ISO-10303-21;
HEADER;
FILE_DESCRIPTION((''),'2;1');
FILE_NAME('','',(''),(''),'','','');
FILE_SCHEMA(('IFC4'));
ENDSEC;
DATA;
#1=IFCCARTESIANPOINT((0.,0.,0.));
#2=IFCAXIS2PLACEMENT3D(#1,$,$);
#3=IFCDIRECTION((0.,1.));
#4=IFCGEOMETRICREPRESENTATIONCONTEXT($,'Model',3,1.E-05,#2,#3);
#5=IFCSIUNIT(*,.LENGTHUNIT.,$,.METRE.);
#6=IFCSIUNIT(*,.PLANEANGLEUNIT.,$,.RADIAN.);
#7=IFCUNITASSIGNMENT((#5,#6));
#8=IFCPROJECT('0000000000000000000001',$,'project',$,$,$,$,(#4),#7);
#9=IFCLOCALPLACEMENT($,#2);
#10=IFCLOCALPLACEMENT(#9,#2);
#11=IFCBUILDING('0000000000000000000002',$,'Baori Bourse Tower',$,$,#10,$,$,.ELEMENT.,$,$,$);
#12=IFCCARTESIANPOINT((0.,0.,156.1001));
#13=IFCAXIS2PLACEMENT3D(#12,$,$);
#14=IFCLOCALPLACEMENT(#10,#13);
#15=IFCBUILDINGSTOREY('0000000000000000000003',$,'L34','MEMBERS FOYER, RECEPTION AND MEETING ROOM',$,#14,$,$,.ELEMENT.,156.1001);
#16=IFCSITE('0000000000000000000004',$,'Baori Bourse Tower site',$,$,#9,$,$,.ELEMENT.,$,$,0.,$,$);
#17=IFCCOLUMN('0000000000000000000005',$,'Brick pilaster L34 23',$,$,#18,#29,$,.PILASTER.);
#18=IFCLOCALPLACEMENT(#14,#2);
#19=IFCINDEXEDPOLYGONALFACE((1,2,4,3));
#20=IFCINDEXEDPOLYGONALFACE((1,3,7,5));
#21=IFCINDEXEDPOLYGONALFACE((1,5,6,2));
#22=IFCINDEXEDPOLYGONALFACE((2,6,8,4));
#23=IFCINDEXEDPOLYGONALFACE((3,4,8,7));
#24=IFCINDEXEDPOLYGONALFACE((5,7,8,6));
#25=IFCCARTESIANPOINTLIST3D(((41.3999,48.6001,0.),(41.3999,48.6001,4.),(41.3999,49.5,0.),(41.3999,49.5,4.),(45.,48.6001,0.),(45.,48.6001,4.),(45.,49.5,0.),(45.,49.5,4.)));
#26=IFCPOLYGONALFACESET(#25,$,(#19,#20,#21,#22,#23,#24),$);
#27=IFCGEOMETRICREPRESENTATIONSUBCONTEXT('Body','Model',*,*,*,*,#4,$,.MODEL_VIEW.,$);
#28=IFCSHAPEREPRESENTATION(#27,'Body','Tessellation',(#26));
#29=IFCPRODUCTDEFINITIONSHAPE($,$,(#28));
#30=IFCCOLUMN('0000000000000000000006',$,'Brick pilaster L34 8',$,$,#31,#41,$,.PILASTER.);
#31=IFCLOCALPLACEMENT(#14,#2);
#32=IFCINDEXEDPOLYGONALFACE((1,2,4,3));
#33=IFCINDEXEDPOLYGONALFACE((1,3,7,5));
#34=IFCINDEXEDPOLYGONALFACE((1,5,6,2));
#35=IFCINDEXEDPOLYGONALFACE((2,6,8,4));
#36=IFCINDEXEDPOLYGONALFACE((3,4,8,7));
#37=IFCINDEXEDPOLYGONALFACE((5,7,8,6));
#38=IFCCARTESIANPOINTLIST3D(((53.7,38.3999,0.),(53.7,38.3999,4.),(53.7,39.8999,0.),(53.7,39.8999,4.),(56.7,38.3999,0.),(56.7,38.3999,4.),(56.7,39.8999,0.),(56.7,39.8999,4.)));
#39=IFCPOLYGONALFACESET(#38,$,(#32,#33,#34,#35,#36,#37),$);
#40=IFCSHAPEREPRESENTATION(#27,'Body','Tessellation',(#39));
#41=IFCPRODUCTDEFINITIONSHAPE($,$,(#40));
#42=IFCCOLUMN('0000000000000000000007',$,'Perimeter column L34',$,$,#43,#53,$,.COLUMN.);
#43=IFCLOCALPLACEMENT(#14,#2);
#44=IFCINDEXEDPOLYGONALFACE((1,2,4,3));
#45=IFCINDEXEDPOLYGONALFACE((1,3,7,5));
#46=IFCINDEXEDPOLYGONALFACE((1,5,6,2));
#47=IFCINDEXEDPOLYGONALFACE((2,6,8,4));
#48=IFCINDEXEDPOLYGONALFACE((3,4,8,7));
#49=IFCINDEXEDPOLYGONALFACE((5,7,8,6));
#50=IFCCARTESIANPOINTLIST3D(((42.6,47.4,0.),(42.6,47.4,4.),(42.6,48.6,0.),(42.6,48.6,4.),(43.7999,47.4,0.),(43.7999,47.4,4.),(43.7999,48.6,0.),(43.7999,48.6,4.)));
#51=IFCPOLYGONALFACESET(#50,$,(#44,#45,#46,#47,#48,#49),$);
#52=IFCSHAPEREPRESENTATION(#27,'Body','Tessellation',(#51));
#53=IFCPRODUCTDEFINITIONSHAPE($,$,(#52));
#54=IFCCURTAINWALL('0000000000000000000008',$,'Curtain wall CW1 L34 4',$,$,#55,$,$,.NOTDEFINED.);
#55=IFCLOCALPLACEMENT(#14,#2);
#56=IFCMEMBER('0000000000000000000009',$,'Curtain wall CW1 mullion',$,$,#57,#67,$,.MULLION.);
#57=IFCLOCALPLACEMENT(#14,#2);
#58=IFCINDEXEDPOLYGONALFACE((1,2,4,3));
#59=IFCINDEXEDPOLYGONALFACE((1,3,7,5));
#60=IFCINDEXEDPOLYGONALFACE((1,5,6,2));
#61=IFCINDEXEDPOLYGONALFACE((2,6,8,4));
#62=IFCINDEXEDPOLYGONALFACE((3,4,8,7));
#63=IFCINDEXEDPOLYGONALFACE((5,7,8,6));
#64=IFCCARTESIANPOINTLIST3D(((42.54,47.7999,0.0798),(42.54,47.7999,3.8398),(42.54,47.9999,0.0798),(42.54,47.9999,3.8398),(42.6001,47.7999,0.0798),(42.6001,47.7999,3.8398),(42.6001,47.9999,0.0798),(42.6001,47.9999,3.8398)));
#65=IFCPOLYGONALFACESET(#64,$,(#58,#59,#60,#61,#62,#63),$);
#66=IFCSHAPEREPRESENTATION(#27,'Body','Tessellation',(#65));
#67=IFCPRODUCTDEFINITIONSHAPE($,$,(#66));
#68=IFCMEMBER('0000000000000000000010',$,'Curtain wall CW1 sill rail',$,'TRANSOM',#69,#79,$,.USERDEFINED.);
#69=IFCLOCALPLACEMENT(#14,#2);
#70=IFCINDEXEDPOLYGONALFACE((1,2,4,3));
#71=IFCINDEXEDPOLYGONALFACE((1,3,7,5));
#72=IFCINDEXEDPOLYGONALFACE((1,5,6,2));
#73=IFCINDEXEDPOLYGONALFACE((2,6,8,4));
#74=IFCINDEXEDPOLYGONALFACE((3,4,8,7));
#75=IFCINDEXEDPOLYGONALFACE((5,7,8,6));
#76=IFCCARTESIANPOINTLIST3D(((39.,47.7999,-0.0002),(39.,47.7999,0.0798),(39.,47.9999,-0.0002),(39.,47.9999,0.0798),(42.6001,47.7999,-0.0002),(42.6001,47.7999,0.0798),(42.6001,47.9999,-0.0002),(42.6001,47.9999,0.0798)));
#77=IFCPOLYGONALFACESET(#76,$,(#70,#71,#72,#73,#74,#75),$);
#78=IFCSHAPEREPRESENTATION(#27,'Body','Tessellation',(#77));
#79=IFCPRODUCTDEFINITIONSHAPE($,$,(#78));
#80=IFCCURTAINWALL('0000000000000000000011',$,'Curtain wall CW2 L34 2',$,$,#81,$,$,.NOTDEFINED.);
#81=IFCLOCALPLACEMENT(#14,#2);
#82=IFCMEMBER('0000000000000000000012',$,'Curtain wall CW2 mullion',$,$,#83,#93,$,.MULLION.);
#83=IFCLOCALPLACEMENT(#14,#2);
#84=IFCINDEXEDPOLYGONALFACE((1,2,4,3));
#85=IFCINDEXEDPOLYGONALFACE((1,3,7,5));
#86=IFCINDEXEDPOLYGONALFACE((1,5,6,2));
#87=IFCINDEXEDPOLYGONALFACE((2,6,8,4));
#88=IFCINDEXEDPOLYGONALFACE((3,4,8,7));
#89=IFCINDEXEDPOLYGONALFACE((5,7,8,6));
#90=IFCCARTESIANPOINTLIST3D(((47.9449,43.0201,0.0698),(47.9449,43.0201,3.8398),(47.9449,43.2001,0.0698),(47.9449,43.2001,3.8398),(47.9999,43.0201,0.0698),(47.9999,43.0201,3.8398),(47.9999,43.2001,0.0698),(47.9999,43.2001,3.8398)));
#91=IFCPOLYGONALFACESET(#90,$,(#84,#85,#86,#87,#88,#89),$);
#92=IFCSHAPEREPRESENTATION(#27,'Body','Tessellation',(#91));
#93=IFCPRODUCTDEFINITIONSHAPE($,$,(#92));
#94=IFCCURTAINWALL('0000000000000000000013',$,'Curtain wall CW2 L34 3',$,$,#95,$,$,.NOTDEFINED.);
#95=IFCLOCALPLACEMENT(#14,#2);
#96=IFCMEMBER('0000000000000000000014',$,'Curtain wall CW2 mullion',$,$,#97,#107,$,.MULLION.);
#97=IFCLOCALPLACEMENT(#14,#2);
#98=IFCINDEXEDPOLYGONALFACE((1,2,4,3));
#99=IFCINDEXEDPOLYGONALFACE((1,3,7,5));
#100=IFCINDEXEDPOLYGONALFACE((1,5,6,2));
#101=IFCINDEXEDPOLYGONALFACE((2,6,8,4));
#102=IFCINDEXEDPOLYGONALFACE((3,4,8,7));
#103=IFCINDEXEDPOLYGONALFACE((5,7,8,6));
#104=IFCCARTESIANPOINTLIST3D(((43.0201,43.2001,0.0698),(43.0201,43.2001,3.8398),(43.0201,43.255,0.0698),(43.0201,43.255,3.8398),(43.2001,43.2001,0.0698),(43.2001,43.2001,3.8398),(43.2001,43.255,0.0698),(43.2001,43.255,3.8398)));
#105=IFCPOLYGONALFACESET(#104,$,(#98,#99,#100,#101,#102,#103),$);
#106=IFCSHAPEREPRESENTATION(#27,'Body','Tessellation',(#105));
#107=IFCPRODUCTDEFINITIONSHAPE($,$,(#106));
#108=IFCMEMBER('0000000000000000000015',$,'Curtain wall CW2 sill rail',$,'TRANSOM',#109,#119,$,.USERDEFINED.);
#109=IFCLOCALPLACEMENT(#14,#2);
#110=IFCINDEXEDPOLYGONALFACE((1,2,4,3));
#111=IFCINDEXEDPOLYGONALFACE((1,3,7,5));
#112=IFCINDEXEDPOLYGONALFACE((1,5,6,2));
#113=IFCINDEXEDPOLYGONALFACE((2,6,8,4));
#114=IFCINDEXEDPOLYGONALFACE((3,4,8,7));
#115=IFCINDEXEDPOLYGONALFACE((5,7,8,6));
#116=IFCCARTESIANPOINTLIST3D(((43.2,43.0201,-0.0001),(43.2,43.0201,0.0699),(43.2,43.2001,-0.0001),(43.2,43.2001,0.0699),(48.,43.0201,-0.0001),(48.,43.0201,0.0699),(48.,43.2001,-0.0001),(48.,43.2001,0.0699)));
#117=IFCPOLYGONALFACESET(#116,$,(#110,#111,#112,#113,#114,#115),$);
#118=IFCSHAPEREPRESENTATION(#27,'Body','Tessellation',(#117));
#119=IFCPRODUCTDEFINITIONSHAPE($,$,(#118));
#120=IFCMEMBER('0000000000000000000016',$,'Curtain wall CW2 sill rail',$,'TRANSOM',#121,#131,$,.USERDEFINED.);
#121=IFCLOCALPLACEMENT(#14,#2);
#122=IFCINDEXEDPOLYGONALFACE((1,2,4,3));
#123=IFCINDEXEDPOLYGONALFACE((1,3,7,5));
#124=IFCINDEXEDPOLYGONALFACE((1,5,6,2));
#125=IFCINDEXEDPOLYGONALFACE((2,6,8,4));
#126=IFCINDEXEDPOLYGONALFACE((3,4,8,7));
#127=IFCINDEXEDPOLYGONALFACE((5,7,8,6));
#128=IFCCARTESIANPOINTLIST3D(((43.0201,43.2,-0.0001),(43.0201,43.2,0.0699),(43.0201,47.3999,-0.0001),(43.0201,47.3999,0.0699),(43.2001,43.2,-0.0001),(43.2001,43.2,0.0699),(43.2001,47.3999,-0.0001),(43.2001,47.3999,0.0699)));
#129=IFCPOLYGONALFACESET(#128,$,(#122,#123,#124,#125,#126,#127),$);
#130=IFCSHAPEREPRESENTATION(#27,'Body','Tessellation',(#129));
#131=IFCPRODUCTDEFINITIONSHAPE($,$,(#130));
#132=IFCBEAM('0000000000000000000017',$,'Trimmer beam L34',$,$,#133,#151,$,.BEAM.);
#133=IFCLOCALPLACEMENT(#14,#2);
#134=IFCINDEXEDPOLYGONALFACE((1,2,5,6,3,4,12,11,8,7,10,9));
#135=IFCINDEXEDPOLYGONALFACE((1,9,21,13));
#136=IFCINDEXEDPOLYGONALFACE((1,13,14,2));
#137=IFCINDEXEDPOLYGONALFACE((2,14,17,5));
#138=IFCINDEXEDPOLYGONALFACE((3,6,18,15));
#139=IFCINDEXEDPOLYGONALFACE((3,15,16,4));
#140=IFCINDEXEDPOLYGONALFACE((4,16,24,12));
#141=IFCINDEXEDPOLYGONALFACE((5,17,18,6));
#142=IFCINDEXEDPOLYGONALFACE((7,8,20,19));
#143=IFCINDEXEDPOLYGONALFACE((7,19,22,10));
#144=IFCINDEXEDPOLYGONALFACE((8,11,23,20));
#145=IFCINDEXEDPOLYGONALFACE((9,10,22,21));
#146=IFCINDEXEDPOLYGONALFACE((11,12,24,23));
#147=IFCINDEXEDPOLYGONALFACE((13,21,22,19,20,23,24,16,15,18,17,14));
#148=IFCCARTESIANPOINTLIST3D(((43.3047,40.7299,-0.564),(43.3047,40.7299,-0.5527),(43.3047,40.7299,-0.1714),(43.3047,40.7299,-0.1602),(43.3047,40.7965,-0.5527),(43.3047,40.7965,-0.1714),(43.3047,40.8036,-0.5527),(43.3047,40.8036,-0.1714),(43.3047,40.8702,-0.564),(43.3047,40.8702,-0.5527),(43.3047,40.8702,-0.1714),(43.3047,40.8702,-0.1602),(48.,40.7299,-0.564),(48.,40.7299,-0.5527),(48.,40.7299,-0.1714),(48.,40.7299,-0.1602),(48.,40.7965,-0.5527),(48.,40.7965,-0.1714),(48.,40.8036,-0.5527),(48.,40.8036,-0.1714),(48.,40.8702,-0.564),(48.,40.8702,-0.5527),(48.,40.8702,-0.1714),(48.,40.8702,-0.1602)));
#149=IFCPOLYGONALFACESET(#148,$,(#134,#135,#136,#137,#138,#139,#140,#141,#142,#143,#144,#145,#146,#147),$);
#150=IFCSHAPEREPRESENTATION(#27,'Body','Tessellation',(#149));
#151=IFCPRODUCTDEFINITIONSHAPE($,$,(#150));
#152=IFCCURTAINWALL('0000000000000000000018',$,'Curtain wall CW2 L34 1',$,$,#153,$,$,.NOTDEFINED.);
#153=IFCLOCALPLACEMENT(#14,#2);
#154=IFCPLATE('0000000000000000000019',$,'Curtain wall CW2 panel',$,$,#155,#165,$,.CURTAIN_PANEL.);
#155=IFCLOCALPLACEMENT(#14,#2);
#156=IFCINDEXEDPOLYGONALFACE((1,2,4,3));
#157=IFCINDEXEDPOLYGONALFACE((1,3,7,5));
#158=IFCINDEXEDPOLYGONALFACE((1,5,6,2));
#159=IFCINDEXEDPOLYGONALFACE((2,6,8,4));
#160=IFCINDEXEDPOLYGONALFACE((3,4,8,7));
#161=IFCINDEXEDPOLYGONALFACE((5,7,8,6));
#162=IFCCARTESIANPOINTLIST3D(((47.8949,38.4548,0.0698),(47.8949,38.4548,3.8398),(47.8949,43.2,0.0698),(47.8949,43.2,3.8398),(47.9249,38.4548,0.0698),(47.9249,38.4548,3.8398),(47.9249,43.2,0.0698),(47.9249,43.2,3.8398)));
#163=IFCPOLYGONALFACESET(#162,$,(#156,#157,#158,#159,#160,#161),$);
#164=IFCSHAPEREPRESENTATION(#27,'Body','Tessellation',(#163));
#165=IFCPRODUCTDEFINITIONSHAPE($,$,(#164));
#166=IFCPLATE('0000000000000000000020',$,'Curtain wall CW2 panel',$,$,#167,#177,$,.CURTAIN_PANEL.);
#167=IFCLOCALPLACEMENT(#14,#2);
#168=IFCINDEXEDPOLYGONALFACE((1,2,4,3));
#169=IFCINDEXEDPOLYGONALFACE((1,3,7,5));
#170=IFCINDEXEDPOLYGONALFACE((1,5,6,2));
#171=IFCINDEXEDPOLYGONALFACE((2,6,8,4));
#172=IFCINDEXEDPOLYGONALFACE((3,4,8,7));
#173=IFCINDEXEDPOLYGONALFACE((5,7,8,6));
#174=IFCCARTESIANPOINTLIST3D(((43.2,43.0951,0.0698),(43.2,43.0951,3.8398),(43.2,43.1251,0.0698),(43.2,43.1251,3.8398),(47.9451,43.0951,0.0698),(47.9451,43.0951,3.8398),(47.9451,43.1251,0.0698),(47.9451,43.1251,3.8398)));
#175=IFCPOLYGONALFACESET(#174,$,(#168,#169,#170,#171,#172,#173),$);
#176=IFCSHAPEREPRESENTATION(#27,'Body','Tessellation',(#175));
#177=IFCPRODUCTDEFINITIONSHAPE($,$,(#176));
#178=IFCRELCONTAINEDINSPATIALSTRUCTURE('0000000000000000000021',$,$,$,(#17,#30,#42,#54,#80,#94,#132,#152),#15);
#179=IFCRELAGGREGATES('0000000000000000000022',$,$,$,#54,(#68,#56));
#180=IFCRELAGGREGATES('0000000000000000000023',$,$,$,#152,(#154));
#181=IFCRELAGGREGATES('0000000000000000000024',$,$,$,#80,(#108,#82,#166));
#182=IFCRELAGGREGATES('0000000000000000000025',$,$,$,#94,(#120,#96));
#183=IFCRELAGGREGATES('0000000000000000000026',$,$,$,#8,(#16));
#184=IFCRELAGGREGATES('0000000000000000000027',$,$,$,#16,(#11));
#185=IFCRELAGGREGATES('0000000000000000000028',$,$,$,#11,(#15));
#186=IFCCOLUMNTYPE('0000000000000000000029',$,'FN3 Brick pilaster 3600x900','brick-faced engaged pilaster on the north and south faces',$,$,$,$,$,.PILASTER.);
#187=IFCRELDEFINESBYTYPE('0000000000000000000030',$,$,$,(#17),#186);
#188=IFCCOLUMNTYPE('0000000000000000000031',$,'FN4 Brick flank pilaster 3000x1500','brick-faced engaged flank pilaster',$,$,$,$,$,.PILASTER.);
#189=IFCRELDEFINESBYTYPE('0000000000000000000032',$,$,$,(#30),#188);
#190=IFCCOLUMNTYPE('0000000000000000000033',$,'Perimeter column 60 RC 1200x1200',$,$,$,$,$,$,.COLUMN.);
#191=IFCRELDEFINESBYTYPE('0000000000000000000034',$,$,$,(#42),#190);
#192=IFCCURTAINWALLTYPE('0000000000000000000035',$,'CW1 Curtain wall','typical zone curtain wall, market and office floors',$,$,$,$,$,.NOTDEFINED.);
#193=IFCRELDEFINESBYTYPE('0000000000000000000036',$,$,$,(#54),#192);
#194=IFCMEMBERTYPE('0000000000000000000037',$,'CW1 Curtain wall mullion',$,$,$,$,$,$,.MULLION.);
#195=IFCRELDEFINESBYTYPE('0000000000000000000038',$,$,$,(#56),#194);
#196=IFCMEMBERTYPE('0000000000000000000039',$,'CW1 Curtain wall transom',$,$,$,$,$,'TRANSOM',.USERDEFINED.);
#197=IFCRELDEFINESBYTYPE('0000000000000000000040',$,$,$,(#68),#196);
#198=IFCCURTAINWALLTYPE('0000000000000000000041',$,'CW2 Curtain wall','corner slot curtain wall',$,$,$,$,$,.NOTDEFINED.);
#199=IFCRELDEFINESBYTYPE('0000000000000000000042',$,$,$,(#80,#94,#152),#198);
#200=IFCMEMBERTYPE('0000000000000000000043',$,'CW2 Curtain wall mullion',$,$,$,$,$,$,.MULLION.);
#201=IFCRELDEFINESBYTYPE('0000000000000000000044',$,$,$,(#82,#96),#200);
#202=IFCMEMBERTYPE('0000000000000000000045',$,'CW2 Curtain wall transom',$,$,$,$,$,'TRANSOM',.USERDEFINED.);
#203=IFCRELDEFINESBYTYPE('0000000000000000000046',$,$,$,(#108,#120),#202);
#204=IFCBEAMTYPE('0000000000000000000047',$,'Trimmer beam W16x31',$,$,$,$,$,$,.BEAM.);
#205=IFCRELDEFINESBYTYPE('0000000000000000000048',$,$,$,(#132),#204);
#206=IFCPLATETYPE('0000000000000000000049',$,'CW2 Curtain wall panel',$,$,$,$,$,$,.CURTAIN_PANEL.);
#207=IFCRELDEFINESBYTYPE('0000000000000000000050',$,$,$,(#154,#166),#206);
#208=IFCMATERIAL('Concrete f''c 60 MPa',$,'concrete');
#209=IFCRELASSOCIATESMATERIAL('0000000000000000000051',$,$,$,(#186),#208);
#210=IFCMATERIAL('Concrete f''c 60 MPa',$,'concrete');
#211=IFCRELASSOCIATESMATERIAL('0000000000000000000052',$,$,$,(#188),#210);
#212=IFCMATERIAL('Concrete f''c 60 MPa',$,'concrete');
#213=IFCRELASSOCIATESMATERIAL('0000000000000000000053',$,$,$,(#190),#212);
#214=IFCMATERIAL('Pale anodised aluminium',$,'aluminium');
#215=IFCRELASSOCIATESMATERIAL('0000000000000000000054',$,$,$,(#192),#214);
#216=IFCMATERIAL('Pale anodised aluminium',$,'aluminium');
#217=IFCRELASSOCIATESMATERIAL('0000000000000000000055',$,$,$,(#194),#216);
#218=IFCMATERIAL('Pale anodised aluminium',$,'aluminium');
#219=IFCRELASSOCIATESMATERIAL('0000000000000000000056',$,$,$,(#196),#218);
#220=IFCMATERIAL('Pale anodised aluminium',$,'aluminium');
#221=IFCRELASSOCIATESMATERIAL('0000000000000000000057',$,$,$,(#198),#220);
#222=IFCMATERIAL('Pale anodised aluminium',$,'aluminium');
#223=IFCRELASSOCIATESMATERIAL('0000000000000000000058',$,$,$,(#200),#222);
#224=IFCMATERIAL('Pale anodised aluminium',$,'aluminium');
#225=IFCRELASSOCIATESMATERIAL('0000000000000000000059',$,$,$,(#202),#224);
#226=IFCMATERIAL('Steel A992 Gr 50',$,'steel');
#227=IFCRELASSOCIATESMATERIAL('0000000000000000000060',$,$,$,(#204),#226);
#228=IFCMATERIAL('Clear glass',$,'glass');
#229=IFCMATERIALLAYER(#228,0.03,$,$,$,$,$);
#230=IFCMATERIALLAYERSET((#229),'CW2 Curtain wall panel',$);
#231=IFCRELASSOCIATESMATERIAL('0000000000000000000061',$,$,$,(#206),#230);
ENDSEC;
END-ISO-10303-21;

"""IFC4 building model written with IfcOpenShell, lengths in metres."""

from ifc_helpers import new_model, si_unit, direction, frame, origin, origin_2d, place, context, subcontext, project, spatial, rectangle, i_section, extrude, material, layer, layer_set, material_profile, profile_set, type_object, element, aggregate, save


model = new_model("IFC4")

# Units and contexts
model_context = context("Model", 3, precision=1e-05, world=origin(), true_north=direction((0.0, 1.0)))
body_context = subcontext(model_context, "Body", "Model", "MODEL_VIEW")
ifc_project = project(units=[si_unit("LENGTHUNIT", "METRE"), si_unit("PLANEANGLEUNIT", "RADIAN")], contexts=[model_context])

# Site, building, storey
site_placement = place(None, origin())
site = spatial("IfcSite", under=ifc_project, at=site_placement, Name="Baori Bourse Tower site", CompositionType="ELEMENT", RefElevation=0.0)
building_placement = place(site_placement, origin())
building = spatial("IfcBuilding", under=site, at=building_placement, Name="Baori Bourse Tower", CompositionType="ELEMENT")
storey_placement = place(building_placement, frame((0.0, 0.0, 156.1001)))
storey = spatial("IfcBuildingStorey", under=building, at=storey_placement, Name="L34", Description="MEMBERS FOYER, RECEPTION AND MEETING ROOM", CompositionType="ELEMENT", Elevation=156.1001)

# Columns
ifc_material_1 = material(Name="Concrete f'c 60 MPa", Category="concrete")
ifc_material_profile_1 = material_profile(ifc_material_1, rectangle(XDim=3.6001, YDim=0.8999, at=origin_2d()), Name="RC 3600x900")
ifc_profile_set_1 = profile_set([ifc_material_profile_1], Name="Concrete f'c 60 MPa")
column_type_1 = type_object("IfcColumnType", Name="FN3 Brick pilaster 3600x900", Description="brick-faced engaged pilaster on the north and south faces", PredefinedType="PILASTER", material=ifc_profile_set_1)
column_1_placement = place(storey_placement, frame((43.2, 49.05, 0.0), z_axis=(0.0, 0.0, 1.0), x_axis=(1.0, 0.0, 0.0)))
element("IfcColumn", 1, at=column_1_placement, inside=storey, type_object=column_type_1, Name="Brick pilaster L34 23", PredefinedType="PILASTER", context=body_context, shape_type="SweptSolid", body=[
    extrude(rectangle(XDim=3.6001, YDim=0.8999, at=origin_2d()), origin(), (0.0, 0.0, 1.0), 4.0),
])
ifc_material_2 = material(Name="Concrete f'c 60 MPa", Category="concrete")
ifc_material_profile_2 = material_profile(ifc_material_2, rectangle(XDim=3.0, YDim=1.5, at=origin_2d()), Name="RC 3000x1500")
ifc_profile_set_2 = profile_set([ifc_material_profile_2], Name="Concrete f'c 60 MPa")
column_type_2 = type_object("IfcColumnType", Name="FN4 Brick flank pilaster 3000x1500", Description="brick-faced engaged flank pilaster", PredefinedType="PILASTER", material=ifc_profile_set_2)
column_2_placement = place(storey_placement, frame((55.2, 39.1499, 0.0), z_axis=(0.0, 0.0, 1.0), x_axis=(1.0, 0.0, 0.0)))
element("IfcColumn", 2, at=column_2_placement, inside=storey, type_object=column_type_2, Name="Brick pilaster L34 8", PredefinedType="PILASTER", context=body_context, shape_type="SweptSolid", body=[
    extrude(rectangle(XDim=3.0, YDim=1.5, at=origin_2d()), origin(), (0.0, 0.0, 1.0), 4.0),
])
ifc_material_3 = material(Name="Concrete f'c 60 MPa", Category="concrete")
ifc_material_profile_3 = material_profile(ifc_material_3, rectangle(XDim=1.2, YDim=1.2, at=origin_2d()), Name="RC 1200x1200")
ifc_profile_set_3 = profile_set([ifc_material_profile_3], Name="Concrete f'c 60 MPa")
column_type_3 = type_object("IfcColumnType", Name="Perimeter column 60 RC 1200x1200", PredefinedType="COLUMN", material=ifc_profile_set_3)
column_3_placement = place(storey_placement, frame((43.2, 48.0, 0.0), z_axis=(0.0, 0.0, 1.0), x_axis=(1.0, 0.0, 0.0)))
element("IfcColumn", 3, at=column_3_placement, inside=storey, type_object=column_type_3, Name="Perimeter column L34", PredefinedType="COLUMN", context=body_context, shape_type="SweptSolid", body=[
    extrude(rectangle(XDim=1.2, YDim=1.2, at=origin_2d()), origin(), (0.0, 0.0, 1.0), 4.0),
])

# Curtain wall, members
ifc_material_4 = material(Name="Pale anodised aluminium", Category="aluminium")
curtain_wall_type_1 = type_object("IfcCurtainWallType", Name="CW1 Curtain wall", Description="typical zone curtain wall, market and office floors", PredefinedType="NOTDEFINED", material=ifc_material_4)
curtain_wall_1_placement = place(storey_placement, origin())
curtain_wall_1 = element("IfcCurtainWall", 4, at=curtain_wall_1_placement, inside=storey, type_object=curtain_wall_type_1, Name="Curtain wall CW1 L34 4", PredefinedType="NOTDEFINED")
ifc_material_5 = material(Name="Pale anodised aluminium", Category="aluminium")
ifc_material_profile_4 = material_profile(ifc_material_5, rectangle(XDim=0.2, YDim=0.0601, at=origin_2d()), Name="Mullion 60x200")
ifc_profile_set_4 = profile_set([ifc_material_profile_4], Name="Pale anodised aluminium")
member_type_1 = type_object("IfcMemberType", Name="CW1 Curtain wall mullion", PredefinedType="MULLION", material=ifc_profile_set_4)
member_1_placement = place(storey_placement, frame((42.5701, 47.8999, 0.0798), z_axis=(0.0, 0.0, 1.0), x_axis=(0.0, -1.0, 0.0)))
member_1 = element("IfcMember", 5, at=member_1_placement, type_object=member_type_1, Name="Curtain wall CW1 mullion", PredefinedType="MULLION", context=body_context, shape_type="SweptSolid", body=[
    extrude(rectangle(XDim=0.2, YDim=0.0601, at=origin_2d()), origin(), (0.0, 0.0, 1.0), 3.76),
])
ifc_material_6 = material(Name="Pale anodised aluminium", Category="aluminium")
ifc_material_profile_5 = material_profile(ifc_material_6, rectangle(XDim=0.2, YDim=0.0801, at=origin_2d()), Name="Transom 80x200")
ifc_profile_set_5 = profile_set([ifc_material_profile_5], Name="Pale anodised aluminium")
member_type_2 = type_object("IfcMemberType", Name="CW1 Curtain wall transom", ElementType="TRANSOM", PredefinedType="USERDEFINED", material=ifc_profile_set_5)
member_2_placement = place(storey_placement, frame((42.6001, 47.8999, 0.0398), z_axis=(-1.0, 0.0, 0.0), x_axis=(0.0, -1.0, 0.0)))
member_2 = element("IfcMember", 6, at=member_2_placement, type_object=member_type_2, Name="Curtain wall CW1 sill rail", ObjectType="TRANSOM", PredefinedType="USERDEFINED", context=body_context, shape_type="SweptSolid", body=[
    extrude(rectangle(XDim=0.2, YDim=0.0801, at=origin_2d()), origin(), (0.0, 0.0, 1.0), 3.6001),
])
aggregate(curtain_wall_1, [member_2, member_1])

# Curtain walls, members
ifc_material_7 = material(Name="Pale anodised aluminium", Category="aluminium")
curtain_wall_type_2 = type_object("IfcCurtainWallType", Name="CW2 Curtain wall", Description="corner slot curtain wall", PredefinedType="NOTDEFINED", material=ifc_material_7)
curtain_wall_2_placement = place(storey_placement, origin())
curtain_wall_2 = element("IfcCurtainWall", 7, at=curtain_wall_2_placement, inside=storey, type_object=curtain_wall_type_2, Name="Curtain wall CW2 L34 2", PredefinedType="NOTDEFINED")
ifc_material_8 = material(Name="Pale anodised aluminium", Category="aluminium")
ifc_material_profile_6 = material_profile(ifc_material_8, rectangle(XDim=0.1799, YDim=0.0549, at=origin_2d()), Name="Mullion 55x180")
ifc_profile_set_6 = profile_set([ifc_material_profile_6], Name="Pale anodised aluminium")
member_type_3 = type_object("IfcMemberType", Name="CW2 Curtain wall mullion", PredefinedType="MULLION", material=ifc_profile_set_6)
member_3_placement = place(storey_placement, frame((47.9724, 43.1101, 0.0698), z_axis=(0.0, 0.0, 1.0), x_axis=(0.0, -1.0, 0.0)))
member_3 = element("IfcMember", 8, at=member_3_placement, type_object=member_type_3, Name="Curtain wall CW2 mullion", PredefinedType="MULLION", context=body_context, shape_type="SweptSolid", body=[
    extrude(rectangle(XDim=0.1799, YDim=0.0549, at=origin_2d()), origin(), (0.0, 0.0, 1.0), 3.77),
])
curtain_wall_3_placement = place(storey_placement, origin())
curtain_wall_3 = element("IfcCurtainWall", 9, at=curtain_wall_3_placement, inside=storey, type_object=curtain_wall_type_2, Name="Curtain wall CW2 L34 3", PredefinedType="NOTDEFINED")
member_4_placement = place(storey_placement, frame((43.1101, 43.2275, 0.0698), z_axis=(0.0, 0.0, 1.0), x_axis=(-1.0, 0.0, 0.0)))
member_4 = element("IfcMember", 10, at=member_4_placement, type_object=member_type_3, Name="Curtain wall CW2 mullion", PredefinedType="MULLION", context=body_context, shape_type="SweptSolid", body=[
    extrude(rectangle(XDim=0.1799, YDim=0.0549, at=origin_2d()), origin(), (0.0, 0.0, 1.0), 3.77),
])

# Members
ifc_material_9 = material(Name="Pale anodised aluminium", Category="aluminium")
ifc_material_profile_7 = material_profile(ifc_material_9, rectangle(XDim=0.1799, YDim=0.0701, at=origin_2d()), Name="Transom 70x180")
ifc_profile_set_7 = profile_set([ifc_material_profile_7], Name="Pale anodised aluminium")
member_type_4 = type_object("IfcMemberType", Name="CW2 Curtain wall transom", ElementType="TRANSOM", PredefinedType="USERDEFINED", material=ifc_profile_set_7)
member_5_placement = place(storey_placement, frame((48.0, 43.1101, 0.0349), z_axis=(-1.0, 0.0, 0.0), x_axis=(0.0, -1.0, 0.0)))
member_5 = element("IfcMember", 11, at=member_5_placement, type_object=member_type_4, Name="Curtain wall CW2 sill rail", ObjectType="TRANSOM", PredefinedType="USERDEFINED", context=body_context, shape_type="SweptSolid", body=[
    extrude(rectangle(XDim=0.1799, YDim=0.0701, at=origin_2d()), origin(), (0.0, 0.0, 1.0), 4.8),
])
member_6_placement = place(storey_placement, frame((43.1101, 43.2, 0.0349), z_axis=(0.0, 1.0, 0.0), x_axis=(-1.0, 0.0, 0.0)))
member_6 = element("IfcMember", 12, at=member_6_placement, type_object=member_type_4, Name="Curtain wall CW2 sill rail", ObjectType="TRANSOM", PredefinedType="USERDEFINED", context=body_context, shape_type="SweptSolid", body=[
    extrude(rectangle(XDim=0.1799, YDim=0.0701, at=origin_2d()), origin(), (0.0, 0.0, 1.0), 4.2),
])

# Beam
ifc_material_10 = material(Name="Steel A992 Gr 50", Category="steel")
ifc_material_profile_8 = material_profile(ifc_material_10, i_section(OverallWidth=0.1404, OverallDepth=0.4038, WebThickness=0.0071, FlangeThickness=0.0112, at=origin_2d()), Name="W16x31")
ifc_profile_set_8 = profile_set([ifc_material_profile_8], Name="Steel A992 Gr 50")
beam_type = type_object("IfcBeamType", Name="Trimmer beam W16x31", PredefinedType="BEAM", material=ifc_profile_set_8)
beam_placement = place(storey_placement, frame((43.3047, 40.8, -0.3621), z_axis=(1.0, 0.0, 0.0), x_axis=(0.0, 1.0, 0.0)))
element("IfcBeam", 13, at=beam_placement, inside=storey, type_object=beam_type, Name="Trimmer beam L34", PredefinedType="BEAM", context=body_context, shape_type="SweptSolid", body=[
    extrude(i_section(OverallWidth=0.1404, OverallDepth=0.4038, WebThickness=0.0071, FlangeThickness=0.0112, at=origin_2d()), origin(), (0.0, 0.0, 1.0), 4.6953),
])

# Curtain wall, plate
curtain_wall_4_placement = place(storey_placement, origin())
curtain_wall_4 = element("IfcCurtainWall", 14, at=curtain_wall_4_placement, inside=storey, type_object=curtain_wall_type_2, Name="Curtain wall CW2 L34 1", PredefinedType="NOTDEFINED")
ifc_material_11 = material(Name="Clear glass", Category="glass")
ifc_layer_1 = layer(ifc_material_11, 0.03)
ifc_layer_set_1 = layer_set([ifc_layer_1], Name="CW2 Curtain wall panel")
plate_type = type_object("IfcPlateType", Name="CW2 Curtain wall panel", PredefinedType="CURTAIN_PANEL", material=ifc_layer_set_1)
plate_1_placement = place(storey_placement, frame((47.9099, 40.8274, 0.0698), z_axis=(0.0, 0.0, 1.0), x_axis=(0.0, 1.0, 0.0)))
plate_1 = element("IfcPlate", 15, at=plate_1_placement, type_object=plate_type, Name="Curtain wall CW2 panel", PredefinedType="CURTAIN_PANEL", context=body_context, shape_type="SweptSolid", body=[
    extrude(rectangle(XDim=4.7451, YDim=0.03, at=origin_2d()), origin(), (0.0, 0.0, 1.0), 3.77),
])
aggregate(curtain_wall_4, [plate_1])

# Plate
plate_2_placement = place(storey_placement, frame((45.5725, 43.1101, 0.0698), z_axis=(0.0, 0.0, 1.0), x_axis=(-1.0, 0.0, 0.0)))
plate_2 = element("IfcPlate", 16, at=plate_2_placement, type_object=plate_type, Name="Curtain wall CW2 panel", PredefinedType="CURTAIN_PANEL", context=body_context, shape_type="SweptSolid", body=[
    extrude(rectangle(XDim=4.7451, YDim=0.03, at=origin_2d()), origin(), (0.0, 0.0, 1.0), 3.77),
])
aggregate(curtain_wall_2, [member_5, member_3, plate_2])
aggregate(curtain_wall_3, [member_6, member_4])

save(model, "model.ifc")
